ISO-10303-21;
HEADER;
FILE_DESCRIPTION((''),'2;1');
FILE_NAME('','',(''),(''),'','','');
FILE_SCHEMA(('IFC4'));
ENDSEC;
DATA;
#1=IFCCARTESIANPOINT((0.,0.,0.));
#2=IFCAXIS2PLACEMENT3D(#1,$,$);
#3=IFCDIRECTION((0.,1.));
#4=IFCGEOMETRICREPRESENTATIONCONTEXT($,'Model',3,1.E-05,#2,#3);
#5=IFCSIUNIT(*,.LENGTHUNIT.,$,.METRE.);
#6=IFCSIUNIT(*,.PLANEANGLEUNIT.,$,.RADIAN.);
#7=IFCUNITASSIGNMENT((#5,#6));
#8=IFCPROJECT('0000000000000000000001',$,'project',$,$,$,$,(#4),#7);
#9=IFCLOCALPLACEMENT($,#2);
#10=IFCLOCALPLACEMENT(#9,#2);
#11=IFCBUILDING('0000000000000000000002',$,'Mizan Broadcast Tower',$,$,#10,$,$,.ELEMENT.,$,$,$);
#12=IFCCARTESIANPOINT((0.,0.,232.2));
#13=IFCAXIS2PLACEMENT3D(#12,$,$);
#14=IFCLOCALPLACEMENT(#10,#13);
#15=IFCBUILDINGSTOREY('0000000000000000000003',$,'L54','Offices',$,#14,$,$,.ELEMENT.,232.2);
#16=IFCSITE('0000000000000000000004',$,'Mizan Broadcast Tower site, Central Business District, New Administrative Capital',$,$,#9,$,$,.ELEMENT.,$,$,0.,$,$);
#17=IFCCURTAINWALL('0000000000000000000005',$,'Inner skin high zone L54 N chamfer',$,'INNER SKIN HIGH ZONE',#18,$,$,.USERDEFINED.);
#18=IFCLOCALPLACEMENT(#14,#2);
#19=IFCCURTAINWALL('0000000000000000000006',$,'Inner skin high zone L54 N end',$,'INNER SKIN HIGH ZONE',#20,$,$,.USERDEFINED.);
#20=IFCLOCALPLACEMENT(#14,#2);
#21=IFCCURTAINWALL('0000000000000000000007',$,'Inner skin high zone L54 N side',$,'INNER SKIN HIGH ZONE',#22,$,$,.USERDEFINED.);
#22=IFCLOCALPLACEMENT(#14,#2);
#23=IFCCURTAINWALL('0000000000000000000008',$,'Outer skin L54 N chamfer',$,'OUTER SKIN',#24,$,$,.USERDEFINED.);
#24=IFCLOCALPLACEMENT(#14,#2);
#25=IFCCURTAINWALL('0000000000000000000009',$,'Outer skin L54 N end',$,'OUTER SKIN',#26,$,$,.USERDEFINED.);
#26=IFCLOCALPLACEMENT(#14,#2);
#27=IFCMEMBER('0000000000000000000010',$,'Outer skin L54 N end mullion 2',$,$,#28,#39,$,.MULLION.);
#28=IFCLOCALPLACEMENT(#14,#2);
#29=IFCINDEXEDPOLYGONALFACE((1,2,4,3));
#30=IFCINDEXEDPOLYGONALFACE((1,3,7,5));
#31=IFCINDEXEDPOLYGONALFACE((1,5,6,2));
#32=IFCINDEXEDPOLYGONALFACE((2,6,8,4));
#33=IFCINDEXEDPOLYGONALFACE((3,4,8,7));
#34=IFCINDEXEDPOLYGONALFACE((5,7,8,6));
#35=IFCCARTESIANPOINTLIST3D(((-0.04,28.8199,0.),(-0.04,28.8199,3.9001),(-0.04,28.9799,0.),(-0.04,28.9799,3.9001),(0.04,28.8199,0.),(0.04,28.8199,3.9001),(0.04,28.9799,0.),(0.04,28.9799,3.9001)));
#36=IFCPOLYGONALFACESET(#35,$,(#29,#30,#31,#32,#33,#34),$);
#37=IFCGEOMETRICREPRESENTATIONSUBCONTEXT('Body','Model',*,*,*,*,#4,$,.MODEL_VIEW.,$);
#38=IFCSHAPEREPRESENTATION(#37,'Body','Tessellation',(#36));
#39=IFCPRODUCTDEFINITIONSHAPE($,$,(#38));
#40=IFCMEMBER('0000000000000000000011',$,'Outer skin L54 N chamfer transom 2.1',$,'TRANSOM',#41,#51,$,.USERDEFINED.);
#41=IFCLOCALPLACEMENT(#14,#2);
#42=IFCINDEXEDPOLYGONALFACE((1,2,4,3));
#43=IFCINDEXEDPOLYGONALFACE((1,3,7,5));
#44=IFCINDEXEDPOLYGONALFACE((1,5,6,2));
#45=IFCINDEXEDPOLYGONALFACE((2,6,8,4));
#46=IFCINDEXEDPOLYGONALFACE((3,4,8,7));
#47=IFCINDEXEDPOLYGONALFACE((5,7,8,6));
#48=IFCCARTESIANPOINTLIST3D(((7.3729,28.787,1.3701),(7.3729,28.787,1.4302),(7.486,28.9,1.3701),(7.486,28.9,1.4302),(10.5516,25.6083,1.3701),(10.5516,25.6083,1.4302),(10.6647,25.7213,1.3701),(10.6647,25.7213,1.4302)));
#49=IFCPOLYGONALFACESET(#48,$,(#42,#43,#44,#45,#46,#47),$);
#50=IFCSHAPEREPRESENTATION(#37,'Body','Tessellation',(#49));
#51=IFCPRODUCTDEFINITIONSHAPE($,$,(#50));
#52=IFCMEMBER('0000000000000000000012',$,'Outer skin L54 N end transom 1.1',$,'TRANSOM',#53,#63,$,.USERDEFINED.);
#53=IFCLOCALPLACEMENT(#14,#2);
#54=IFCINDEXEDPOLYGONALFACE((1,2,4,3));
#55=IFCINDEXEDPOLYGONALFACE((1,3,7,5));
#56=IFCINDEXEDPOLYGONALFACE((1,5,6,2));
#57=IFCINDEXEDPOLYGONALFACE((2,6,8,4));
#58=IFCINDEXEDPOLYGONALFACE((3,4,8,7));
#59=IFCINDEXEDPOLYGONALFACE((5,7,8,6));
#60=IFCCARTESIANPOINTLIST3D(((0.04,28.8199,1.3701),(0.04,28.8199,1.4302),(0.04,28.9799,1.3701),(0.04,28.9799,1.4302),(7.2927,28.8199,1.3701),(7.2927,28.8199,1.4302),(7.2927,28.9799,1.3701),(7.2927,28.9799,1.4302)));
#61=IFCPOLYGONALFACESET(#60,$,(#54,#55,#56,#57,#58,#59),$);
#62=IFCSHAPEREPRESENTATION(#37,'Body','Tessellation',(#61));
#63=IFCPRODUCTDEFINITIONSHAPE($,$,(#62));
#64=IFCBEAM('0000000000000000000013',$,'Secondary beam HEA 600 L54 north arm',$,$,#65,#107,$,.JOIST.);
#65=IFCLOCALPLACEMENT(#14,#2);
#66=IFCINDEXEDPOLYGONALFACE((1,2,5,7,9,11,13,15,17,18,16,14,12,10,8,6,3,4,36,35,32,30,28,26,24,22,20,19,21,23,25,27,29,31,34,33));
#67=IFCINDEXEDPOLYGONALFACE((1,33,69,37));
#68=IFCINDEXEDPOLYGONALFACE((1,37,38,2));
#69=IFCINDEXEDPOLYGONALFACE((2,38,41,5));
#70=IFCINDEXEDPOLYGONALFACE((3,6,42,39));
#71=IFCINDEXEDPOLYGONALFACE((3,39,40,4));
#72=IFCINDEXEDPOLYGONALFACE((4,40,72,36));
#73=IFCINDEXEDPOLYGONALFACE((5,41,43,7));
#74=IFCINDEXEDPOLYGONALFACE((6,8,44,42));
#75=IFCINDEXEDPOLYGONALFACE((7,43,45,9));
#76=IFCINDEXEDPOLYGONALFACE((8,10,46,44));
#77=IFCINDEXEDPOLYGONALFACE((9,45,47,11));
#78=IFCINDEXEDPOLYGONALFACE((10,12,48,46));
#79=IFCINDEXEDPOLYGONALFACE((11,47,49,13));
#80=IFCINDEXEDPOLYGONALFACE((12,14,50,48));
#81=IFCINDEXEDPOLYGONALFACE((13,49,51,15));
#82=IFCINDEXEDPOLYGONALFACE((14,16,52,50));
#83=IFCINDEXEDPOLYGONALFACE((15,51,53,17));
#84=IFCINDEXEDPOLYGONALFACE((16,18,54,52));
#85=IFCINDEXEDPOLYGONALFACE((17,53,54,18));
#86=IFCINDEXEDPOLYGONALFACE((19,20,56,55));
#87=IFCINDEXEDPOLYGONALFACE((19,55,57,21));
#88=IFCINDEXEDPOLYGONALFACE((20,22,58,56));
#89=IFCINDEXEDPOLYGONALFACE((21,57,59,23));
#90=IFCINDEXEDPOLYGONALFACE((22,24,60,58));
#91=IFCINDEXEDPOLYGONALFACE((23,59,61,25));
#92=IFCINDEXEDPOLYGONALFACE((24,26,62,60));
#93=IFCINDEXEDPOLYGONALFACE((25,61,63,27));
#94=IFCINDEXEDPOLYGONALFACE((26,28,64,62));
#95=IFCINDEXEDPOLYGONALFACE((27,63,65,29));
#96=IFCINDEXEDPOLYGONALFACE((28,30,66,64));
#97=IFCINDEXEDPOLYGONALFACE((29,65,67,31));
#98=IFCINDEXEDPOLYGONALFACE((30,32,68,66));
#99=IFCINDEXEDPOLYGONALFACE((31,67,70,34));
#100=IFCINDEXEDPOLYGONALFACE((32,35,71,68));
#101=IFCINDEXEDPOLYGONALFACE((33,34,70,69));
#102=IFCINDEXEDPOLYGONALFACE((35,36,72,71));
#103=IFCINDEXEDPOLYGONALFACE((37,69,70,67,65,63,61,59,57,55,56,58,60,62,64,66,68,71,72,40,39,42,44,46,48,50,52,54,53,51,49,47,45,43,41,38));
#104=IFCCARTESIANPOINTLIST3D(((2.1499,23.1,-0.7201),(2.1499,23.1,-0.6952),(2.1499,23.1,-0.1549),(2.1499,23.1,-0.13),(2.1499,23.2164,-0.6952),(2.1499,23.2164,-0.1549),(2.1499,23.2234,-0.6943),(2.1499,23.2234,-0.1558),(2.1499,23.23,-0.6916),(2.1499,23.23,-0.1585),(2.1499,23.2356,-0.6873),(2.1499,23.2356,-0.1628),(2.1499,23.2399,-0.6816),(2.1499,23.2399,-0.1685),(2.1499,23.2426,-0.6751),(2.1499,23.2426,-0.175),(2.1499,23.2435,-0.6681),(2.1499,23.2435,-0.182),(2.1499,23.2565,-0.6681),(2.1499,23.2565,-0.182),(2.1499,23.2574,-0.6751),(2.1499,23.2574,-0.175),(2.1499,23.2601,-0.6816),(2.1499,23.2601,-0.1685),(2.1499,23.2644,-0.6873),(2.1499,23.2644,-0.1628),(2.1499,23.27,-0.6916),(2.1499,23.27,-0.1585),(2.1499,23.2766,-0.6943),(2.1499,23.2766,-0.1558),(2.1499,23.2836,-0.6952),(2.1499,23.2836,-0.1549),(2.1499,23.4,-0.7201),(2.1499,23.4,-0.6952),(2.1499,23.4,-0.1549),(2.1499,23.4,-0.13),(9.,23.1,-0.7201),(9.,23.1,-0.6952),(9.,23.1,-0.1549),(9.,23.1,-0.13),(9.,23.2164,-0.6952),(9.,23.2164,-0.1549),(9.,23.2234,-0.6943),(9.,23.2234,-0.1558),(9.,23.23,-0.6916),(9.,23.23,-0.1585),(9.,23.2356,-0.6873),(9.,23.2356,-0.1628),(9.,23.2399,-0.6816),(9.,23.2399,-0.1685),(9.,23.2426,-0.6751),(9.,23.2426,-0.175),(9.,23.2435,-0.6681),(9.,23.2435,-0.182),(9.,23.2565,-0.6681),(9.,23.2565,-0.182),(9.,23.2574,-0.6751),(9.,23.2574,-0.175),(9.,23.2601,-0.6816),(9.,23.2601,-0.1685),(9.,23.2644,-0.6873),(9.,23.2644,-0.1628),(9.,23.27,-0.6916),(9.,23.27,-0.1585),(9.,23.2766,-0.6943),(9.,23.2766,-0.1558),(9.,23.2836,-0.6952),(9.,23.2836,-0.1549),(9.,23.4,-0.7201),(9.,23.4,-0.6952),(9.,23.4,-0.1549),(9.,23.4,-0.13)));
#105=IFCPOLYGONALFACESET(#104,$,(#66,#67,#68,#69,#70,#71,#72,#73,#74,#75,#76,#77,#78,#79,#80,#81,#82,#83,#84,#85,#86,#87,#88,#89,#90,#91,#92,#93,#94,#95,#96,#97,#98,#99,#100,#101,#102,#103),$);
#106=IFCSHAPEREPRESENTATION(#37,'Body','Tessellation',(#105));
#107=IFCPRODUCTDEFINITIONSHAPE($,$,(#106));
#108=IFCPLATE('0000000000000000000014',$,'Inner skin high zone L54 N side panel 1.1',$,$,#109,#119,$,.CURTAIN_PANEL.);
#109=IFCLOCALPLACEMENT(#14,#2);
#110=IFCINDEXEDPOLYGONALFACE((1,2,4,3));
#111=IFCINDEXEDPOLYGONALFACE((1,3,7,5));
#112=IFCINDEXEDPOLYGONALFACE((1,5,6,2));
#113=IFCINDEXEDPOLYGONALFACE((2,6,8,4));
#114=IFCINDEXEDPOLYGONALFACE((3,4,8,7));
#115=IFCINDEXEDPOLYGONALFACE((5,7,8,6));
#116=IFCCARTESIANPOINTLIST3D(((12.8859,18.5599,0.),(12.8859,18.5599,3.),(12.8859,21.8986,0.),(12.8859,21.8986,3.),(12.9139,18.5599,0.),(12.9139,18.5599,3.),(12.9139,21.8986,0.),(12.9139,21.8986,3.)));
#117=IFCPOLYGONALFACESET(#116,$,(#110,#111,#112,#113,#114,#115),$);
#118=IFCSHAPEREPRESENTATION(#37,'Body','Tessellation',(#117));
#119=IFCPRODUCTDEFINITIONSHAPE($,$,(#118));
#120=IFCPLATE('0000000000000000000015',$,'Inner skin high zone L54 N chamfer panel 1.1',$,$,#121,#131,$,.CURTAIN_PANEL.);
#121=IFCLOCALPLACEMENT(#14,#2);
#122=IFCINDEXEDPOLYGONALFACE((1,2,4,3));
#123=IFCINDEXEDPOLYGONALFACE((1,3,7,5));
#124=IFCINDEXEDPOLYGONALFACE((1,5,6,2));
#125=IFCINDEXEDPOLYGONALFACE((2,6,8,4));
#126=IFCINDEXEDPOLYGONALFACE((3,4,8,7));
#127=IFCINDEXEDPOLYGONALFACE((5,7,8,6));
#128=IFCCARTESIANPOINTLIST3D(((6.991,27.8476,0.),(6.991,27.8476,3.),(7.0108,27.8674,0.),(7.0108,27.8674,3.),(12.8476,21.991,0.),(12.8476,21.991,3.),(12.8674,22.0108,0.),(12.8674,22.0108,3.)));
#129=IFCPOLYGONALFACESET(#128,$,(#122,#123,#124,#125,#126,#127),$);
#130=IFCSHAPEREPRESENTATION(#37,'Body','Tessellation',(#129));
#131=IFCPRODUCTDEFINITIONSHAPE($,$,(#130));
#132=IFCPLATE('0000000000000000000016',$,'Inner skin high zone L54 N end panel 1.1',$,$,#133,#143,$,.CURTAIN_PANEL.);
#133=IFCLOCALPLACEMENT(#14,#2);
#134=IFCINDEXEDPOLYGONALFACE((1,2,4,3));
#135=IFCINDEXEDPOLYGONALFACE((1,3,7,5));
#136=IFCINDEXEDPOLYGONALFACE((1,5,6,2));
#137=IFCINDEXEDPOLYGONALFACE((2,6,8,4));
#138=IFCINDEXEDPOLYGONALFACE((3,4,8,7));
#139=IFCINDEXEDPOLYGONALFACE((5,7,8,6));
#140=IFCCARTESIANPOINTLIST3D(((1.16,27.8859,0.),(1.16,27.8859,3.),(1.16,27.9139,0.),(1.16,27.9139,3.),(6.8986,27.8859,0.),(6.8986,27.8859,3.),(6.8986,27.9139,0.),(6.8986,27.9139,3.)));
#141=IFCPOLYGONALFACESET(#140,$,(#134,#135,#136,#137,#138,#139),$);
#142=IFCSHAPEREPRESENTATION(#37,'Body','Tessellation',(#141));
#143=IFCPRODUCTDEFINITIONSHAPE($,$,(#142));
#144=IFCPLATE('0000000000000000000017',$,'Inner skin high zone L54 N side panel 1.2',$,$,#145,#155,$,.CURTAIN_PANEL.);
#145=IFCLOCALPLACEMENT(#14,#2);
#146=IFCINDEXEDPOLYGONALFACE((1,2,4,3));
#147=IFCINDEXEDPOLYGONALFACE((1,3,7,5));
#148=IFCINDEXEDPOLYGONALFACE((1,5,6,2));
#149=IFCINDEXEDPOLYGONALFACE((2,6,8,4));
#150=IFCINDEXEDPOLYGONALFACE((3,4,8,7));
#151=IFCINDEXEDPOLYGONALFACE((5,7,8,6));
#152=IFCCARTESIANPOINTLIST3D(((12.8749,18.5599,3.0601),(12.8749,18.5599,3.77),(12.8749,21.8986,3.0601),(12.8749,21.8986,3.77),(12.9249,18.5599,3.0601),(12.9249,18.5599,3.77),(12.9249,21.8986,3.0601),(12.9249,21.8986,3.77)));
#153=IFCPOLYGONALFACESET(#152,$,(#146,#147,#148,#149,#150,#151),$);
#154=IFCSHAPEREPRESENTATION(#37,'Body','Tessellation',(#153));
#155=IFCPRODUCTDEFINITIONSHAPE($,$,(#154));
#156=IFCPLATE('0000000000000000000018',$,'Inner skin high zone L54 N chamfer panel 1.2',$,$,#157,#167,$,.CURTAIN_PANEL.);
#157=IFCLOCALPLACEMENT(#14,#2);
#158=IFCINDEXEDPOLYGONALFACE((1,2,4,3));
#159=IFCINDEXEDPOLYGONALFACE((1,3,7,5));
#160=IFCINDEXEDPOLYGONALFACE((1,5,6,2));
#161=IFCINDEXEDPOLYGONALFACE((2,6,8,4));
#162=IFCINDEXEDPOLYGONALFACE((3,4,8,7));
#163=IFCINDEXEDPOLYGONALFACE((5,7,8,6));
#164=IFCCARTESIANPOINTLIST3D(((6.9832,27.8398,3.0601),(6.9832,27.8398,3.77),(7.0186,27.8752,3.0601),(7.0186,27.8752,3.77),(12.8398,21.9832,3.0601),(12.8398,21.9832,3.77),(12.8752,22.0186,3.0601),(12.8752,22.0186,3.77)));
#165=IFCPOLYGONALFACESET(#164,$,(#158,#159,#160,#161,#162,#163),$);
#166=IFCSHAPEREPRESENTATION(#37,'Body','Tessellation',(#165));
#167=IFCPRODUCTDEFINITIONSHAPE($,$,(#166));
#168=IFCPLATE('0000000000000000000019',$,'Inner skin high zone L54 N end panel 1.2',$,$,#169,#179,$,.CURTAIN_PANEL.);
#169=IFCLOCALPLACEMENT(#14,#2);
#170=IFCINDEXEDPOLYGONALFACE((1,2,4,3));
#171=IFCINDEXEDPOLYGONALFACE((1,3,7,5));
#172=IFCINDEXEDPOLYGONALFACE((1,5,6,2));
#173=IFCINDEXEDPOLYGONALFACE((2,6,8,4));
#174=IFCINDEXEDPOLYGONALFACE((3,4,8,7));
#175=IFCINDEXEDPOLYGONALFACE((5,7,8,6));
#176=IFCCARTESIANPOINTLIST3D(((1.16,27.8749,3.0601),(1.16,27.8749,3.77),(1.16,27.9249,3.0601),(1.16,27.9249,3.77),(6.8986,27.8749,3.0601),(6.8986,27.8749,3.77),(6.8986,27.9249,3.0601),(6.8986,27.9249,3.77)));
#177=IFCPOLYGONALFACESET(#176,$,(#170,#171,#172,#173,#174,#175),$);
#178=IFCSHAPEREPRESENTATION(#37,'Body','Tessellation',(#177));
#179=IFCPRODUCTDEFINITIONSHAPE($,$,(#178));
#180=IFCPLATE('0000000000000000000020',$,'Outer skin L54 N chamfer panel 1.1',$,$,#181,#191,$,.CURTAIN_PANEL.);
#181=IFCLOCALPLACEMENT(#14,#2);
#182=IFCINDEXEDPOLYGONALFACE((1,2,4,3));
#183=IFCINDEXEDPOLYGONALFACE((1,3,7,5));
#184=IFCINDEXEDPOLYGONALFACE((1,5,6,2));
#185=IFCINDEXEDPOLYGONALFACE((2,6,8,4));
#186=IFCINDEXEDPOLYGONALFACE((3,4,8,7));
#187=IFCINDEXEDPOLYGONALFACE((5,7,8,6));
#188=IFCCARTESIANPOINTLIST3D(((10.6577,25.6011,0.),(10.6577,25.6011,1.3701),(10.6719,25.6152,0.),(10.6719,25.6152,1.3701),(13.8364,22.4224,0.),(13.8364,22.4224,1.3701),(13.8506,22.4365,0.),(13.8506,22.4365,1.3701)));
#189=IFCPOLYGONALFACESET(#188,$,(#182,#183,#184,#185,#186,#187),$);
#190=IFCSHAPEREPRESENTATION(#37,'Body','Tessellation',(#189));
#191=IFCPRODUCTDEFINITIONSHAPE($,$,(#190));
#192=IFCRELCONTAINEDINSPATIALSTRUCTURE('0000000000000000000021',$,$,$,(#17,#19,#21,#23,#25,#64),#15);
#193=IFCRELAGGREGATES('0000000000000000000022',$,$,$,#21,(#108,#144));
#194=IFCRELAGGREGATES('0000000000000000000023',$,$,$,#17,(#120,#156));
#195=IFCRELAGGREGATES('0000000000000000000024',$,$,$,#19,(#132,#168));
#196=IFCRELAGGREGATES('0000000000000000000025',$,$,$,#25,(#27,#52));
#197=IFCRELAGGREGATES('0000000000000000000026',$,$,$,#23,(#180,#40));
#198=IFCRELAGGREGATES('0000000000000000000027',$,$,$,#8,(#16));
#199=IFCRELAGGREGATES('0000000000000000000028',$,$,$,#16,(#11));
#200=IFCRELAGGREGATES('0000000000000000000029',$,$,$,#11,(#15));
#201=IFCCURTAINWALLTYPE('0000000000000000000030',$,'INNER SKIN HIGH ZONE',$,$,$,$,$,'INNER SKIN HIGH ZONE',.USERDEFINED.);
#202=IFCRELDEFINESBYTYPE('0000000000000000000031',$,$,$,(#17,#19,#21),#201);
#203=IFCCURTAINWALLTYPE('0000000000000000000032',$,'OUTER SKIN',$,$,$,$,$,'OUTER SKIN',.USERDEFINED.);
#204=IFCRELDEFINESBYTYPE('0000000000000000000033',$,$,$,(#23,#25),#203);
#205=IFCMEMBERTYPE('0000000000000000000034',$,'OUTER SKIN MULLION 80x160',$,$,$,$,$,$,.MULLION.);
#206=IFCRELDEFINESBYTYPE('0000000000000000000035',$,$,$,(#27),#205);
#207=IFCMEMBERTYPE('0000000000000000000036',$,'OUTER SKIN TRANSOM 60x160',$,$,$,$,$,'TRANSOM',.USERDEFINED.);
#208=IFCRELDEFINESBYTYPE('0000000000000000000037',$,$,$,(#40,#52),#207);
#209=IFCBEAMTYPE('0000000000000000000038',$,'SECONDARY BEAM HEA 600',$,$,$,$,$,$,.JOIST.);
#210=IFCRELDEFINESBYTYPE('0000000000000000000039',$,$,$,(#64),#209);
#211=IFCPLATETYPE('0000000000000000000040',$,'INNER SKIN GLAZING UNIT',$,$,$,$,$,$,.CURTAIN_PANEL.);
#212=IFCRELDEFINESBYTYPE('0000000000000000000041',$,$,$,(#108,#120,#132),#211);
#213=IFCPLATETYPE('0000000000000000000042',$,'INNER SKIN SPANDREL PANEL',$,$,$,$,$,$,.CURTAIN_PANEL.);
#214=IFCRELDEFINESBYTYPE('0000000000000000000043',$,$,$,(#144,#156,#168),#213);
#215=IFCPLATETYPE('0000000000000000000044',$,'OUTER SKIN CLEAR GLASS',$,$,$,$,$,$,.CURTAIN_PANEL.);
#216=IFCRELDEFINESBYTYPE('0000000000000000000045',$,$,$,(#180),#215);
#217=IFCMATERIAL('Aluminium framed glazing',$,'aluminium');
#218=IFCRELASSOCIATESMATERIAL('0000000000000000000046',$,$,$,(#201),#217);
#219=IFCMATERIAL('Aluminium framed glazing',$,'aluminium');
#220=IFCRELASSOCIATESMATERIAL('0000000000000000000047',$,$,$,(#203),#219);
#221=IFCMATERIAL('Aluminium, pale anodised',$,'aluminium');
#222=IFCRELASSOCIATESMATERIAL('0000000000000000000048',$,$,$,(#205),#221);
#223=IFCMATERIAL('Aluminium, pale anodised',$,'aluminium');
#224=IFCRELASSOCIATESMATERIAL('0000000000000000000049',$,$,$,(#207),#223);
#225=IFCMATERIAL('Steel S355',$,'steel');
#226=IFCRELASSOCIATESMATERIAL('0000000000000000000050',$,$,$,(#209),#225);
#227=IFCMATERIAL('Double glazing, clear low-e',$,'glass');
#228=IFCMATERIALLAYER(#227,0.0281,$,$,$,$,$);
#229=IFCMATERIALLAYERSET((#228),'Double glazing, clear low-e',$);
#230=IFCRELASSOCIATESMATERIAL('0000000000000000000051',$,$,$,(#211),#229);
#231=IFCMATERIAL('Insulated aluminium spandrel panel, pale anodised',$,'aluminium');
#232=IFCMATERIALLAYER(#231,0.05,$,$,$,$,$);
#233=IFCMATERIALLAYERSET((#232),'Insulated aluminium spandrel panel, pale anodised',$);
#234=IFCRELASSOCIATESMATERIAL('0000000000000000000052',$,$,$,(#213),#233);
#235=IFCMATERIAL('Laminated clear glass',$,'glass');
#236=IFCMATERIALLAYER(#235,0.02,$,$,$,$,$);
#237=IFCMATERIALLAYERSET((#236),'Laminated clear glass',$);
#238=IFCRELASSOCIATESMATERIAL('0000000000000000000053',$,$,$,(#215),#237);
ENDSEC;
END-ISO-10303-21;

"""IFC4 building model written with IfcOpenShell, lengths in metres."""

from ifc_helpers import new_model, si_unit, direction, frame, origin, origin_2d, place, context, subcontext, project, spatial, rectangle, i_section, extrude, material, layer, layer_set, material_profile, profile_set, type_object, element, aggregate, save


model = new_model("IFC4")

# Units and contexts
model_context = context("Model", 3, precision=1e-05, world=origin(), true_north=direction((0.0, 1.0)))
body_context = subcontext(model_context, "Body", "Model", "MODEL_VIEW")
ifc_project = project(units=[si_unit("LENGTHUNIT", "METRE"), si_unit("PLANEANGLEUNIT", "RADIAN")], contexts=[model_context])

# Site, building, storey
site_placement = place(None, origin())
site = spatial("IfcSite", under=ifc_project, at=site_placement, Name="Mizan Broadcast Tower site, Central Business District, New Administrative Capital", CompositionType="ELEMENT", RefElevation=0.0)
building_placement = place(site_placement, origin())
building = spatial("IfcBuilding", under=site, at=building_placement, Name="Mizan Broadcast Tower", CompositionType="ELEMENT")
storey_placement = place(building_placement, frame((0.0, 0.0, 232.2)))
storey = spatial("IfcBuildingStorey", under=building, at=storey_placement, Name="L54", Description="Offices", CompositionType="ELEMENT", Elevation=232.2)

# Curtain walls
ifc_material_1 = material(Name="Aluminium framed glazing", Category="aluminium")
curtain_wall_type_1 = type_object("IfcCurtainWallType", Name="INNER SKIN HIGH ZONE", ElementType="INNER SKIN HIGH ZONE", PredefinedType="USERDEFINED", material=ifc_material_1)
curtain_wall_1_placement = place(storey_placement, origin())
curtain_wall_1 = element("IfcCurtainWall", 1, at=curtain_wall_1_placement, inside=storey, type_object=curtain_wall_type_1, Name="Inner skin high zone L54 N chamfer", ObjectType="INNER SKIN HIGH ZONE", PredefinedType="USERDEFINED")
curtain_wall_2_placement = place(storey_placement, origin())
curtain_wall_2 = element("IfcCurtainWall", 2, at=curtain_wall_2_placement, inside=storey, type_object=curtain_wall_type_1, Name="Inner skin high zone L54 N end", ObjectType="INNER SKIN HIGH ZONE", PredefinedType="USERDEFINED")
curtain_wall_3_placement = place(storey_placement, origin())
curtain_wall_3 = element("IfcCurtainWall", 3, at=curtain_wall_3_placement, inside=storey, type_object=curtain_wall_type_1, Name="Inner skin high zone L54 N side", ObjectType="INNER SKIN HIGH ZONE", PredefinedType="USERDEFINED")

# Curtain wall
ifc_material_2 = material(Name="Aluminium framed glazing", Category="aluminium")
curtain_wall_type_2 = type_object("IfcCurtainWallType", Name="OUTER SKIN", ElementType="OUTER SKIN", PredefinedType="USERDEFINED", material=ifc_material_2)
curtain_wall_4_placement = place(storey_placement, origin())
curtain_wall_4 = element("IfcCurtainWall", 4, at=curtain_wall_4_placement, inside=storey, type_object=curtain_wall_type_2, Name="Outer skin L54 N chamfer", ObjectType="OUTER SKIN", PredefinedType="USERDEFINED")
ifc_material_3 = material(Name="Aluminium, pale anodised", Category="aluminium")
ifc_material_profile_1 = material_profile(ifc_material_3, rectangle(XDim=0.1599, YDim=0.0801, at=origin_2d()), Name="MULLION 160x80")
ifc_profile_set_1 = profile_set([ifc_material_profile_1], Name="Aluminium, pale anodised")
member_type_1 = type_object("IfcMemberType", Name="OUTER SKIN MULLION 80x160", PredefinedType="MULLION", material=ifc_profile_set_1)

# Curtain wall, member
curtain_wall_5_placement = place(storey_placement, origin())
curtain_wall_5 = element("IfcCurtainWall", 5, at=curtain_wall_5_placement, inside=storey, type_object=curtain_wall_type_2, Name="Outer skin L54 N end", ObjectType="OUTER SKIN", PredefinedType="USERDEFINED")
member_1_placement = place(storey_placement, frame((0.0, 28.8999, 0.0), z_axis=(0.0, 0.0, 1.0), x_axis=(0.0, -1.0, 0.0)))
member_1 = element("IfcMember", 6, at=member_1_placement, type_object=member_type_1, Name="Outer skin L54 N end mullion 2", PredefinedType="MULLION", context=body_context, shape_type="SweptSolid", body=[
    extrude(rectangle(XDim=0.1599, YDim=0.0801, at=origin_2d()), origin(), (0.0, 0.0, 1.0), 3.9001),
])

# Members
ifc_material_4 = material(Name="Aluminium, pale anodised", Category="aluminium")
ifc_material_profile_2 = material_profile(ifc_material_4, rectangle(XDim=0.1599, YDim=0.0601, at=origin_2d()), Name="TRANSOM 160x60")
ifc_profile_set_2 = profile_set([ifc_material_profile_2], Name="Aluminium, pale anodised")
member_type_2 = type_object("IfcMemberType", Name="OUTER SKIN TRANSOM 60x160", ElementType="TRANSOM", PredefinedType="USERDEFINED", material=ifc_profile_set_2)
member_2_placement = place(storey_placement, frame((10.6082, 25.6648, 1.4001), z_axis=(-0.707107, 0.707107, 0.0), x_axis=(-0.707107, -0.707107, 0.0)))
member_2 = element("IfcMember", 7, at=member_2_placement, type_object=member_type_2, Name="Outer skin L54 N chamfer transom 2.1", ObjectType="TRANSOM", PredefinedType="USERDEFINED", context=body_context, shape_type="SweptSolid", body=[
    extrude(rectangle(XDim=0.1599, YDim=0.0601, at=origin_2d()), origin(), (0.0, 0.0, 1.0), 4.4954),
])
member_3_placement = place(storey_placement, frame((7.2927, 28.8999, 1.4001), z_axis=(-1.0, 0.0, 0.0), x_axis=(0.0, -1.0, 0.0)))
member_3 = element("IfcMember", 8, at=member_3_placement, type_object=member_type_2, Name="Outer skin L54 N end transom 1.1", ObjectType="TRANSOM", PredefinedType="USERDEFINED", context=body_context, shape_type="SweptSolid", body=[
    extrude(rectangle(XDim=0.1599, YDim=0.0601, at=origin_2d()), origin(), (0.0, 0.0, 1.0), 7.2527),
])

# Beam
ifc_material_5 = material(Name="Steel S355", Category="steel")
ifc_material_profile_3 = material_profile(ifc_material_5, i_section(OverallWidth=0.3, OverallDepth=0.5901, WebThickness=0.0129, FlangeThickness=0.0249, FilletRadius=0.0271, at=origin_2d()), Name="HEA 600")
ifc_profile_set_3 = profile_set([ifc_material_profile_3], Name="Steel S355")
beam_type_1 = type_object("IfcBeamType", Name="SECONDARY BEAM HEA 600", PredefinedType="JOIST", material=ifc_profile_set_3)
beam_1_placement = place(storey_placement, frame((9.0, 23.25, -0.425), z_axis=(-1.0, 0.0, 0.0), x_axis=(0.0, -1.0, 0.0)))
element("IfcBeam", 9, at=beam_1_placement, inside=storey, type_object=beam_type_1, Name="Secondary beam HEA 600 L54 north arm", PredefinedType="JOIST", context=body_context, shape_type="SweptSolid", body=[
    extrude(i_section(OverallWidth=0.3, OverallDepth=0.5901, WebThickness=0.0129, FlangeThickness=0.0249, FilletRadius=0.0271, at=origin_2d()), origin(), (0.0, 0.0, 1.0), 6.8501),
])

# Plates
ifc_material_6 = material(Name="Double glazing, clear low-e", Category="glass")
ifc_layer_1 = layer(ifc_material_6, 0.0281)
ifc_layer_set_1 = layer_set([ifc_layer_1], Name="Double glazing, clear low-e")
plate_type_1 = type_object("IfcPlateType", Name="INNER SKIN GLAZING UNIT", PredefinedType="CURTAIN_PANEL", material=ifc_layer_set_1)
plate_1_placement = place(storey_placement, frame((12.8999, 20.2292, 0.0), z_axis=(0.0, 0.0, 1.0), x_axis=(0.0, 1.0, 0.0)))
plate_1 = element("IfcPlate", 10, at=plate_1_placement, type_object=plate_type_1, Name="Inner skin high zone L54 N side panel 1.1", PredefinedType="CURTAIN_PANEL", context=body_context, shape_type="SweptSolid", body=[
    extrude(rectangle(XDim=3.3386, YDim=0.0281, at=origin_2d()), origin(), (0.0, 0.0, 1.0), 3.0),
])
plate_2_placement = place(storey_placement, frame((9.9292, 24.9292, 0.0), z_axis=(0.0, 0.0, 1.0), x_axis=(-0.707107, 0.707107, 0.0)))
plate_2 = element("IfcPlate", 11, at=plate_2_placement, type_object=plate_type_1, Name="Inner skin high zone L54 N chamfer panel 1.1", PredefinedType="CURTAIN_PANEL", context=body_context, shape_type="SweptSolid", body=[
    extrude(rectangle(XDim=8.2825, YDim=0.0281, at=origin_2d()), origin(), (0.0, 0.0, 1.0), 3.0),
])
plate_3_placement = place(storey_placement, frame((4.0293, 27.8999, 0.0), z_axis=(0.0, 0.0, 1.0), x_axis=(-1.0, 0.0, 0.0)))
plate_3 = element("IfcPlate", 12, at=plate_3_placement, type_object=plate_type_1, Name="Inner skin high zone L54 N end panel 1.1", PredefinedType="CURTAIN_PANEL", context=body_context, shape_type="SweptSolid", body=[
    extrude(rectangle(XDim=5.7385, YDim=0.0281, at=origin_2d()), origin(), (0.0, 0.0, 1.0), 3.0),
])
ifc_material_7 = material(Name="Insulated aluminium spandrel panel, pale anodised", Category="aluminium")
ifc_layer_2 = layer(ifc_material_7, 0.05)
ifc_layer_set_2 = layer_set([ifc_layer_2], Name="Insulated aluminium spandrel panel, pale anodised")
plate_type_2 = type_object("IfcPlateType", Name="INNER SKIN SPANDREL PANEL", PredefinedType="CURTAIN_PANEL", material=ifc_layer_set_2)
plate_4_placement = place(storey_placement, frame((12.8999, 20.2292, 3.0601), z_axis=(0.0, 0.0, 1.0), x_axis=(0.0, 1.0, 0.0)))
plate_4 = element("IfcPlate", 13, at=plate_4_placement, type_object=plate_type_2, Name="Inner skin high zone L54 N side panel 1.2", PredefinedType="CURTAIN_PANEL", context=body_context, shape_type="SweptSolid", body=[
    extrude(rectangle(XDim=3.3386, YDim=0.05, at=origin_2d()), origin(), (0.0, 0.0, 1.0), 0.71),
])
aggregate(curtain_wall_3, [plate_1, plate_4])
plate_5_placement = place(storey_placement, frame((9.9292, 24.9292, 3.0601), z_axis=(0.0, 0.0, 1.0), x_axis=(-0.707107, 0.707107, 0.0)))
plate_5 = element("IfcPlate", 14, at=plate_5_placement, type_object=plate_type_2, Name="Inner skin high zone L54 N chamfer panel 1.2", PredefinedType="CURTAIN_PANEL", context=body_context, shape_type="SweptSolid", body=[
    extrude(rectangle(XDim=8.2825, YDim=0.05, at=origin_2d()), origin(), (0.0, 0.0, 1.0), 0.71),
])
aggregate(curtain_wall_1, [plate_2, plate_5])
plate_6_placement = place(storey_placement, frame((4.0293, 27.8999, 3.0601), z_axis=(0.0, 0.0, 1.0), x_axis=(-1.0, 0.0, 0.0)))
plate_6 = element("IfcPlate", 15, at=plate_6_placement, type_object=plate_type_2, Name="Inner skin high zone L54 N end panel 1.2", PredefinedType="CURTAIN_PANEL", context=body_context, shape_type="SweptSolid", body=[
    extrude(rectangle(XDim=5.7385, YDim=0.05, at=origin_2d()), origin(), (0.0, 0.0, 1.0), 0.71),
])
aggregate(curtain_wall_2, [plate_3, plate_6])
ifc_material_8 = material(Name="Laminated clear glass", Category="glass")
ifc_layer_3 = layer(ifc_material_8, 0.02)
ifc_layer_set_3 = layer_set([ifc_layer_3], Name="Laminated clear glass")
plate_type_3 = type_object("IfcPlateType", Name="OUTER SKIN CLEAR GLASS", PredefinedType="CURTAIN_PANEL", material=ifc_layer_set_3)
plate_7_placement = place(storey_placement, frame((12.2542, 24.0188, 0.0), z_axis=(0.0, 0.0, 1.0), x_axis=(-0.707107, 0.707107, 0.0)))
plate_7 = element("IfcPlate", 16, at=plate_7_placement, type_object=plate_type_3, Name="Outer skin L54 N chamfer panel 1.1", PredefinedType="CURTAIN_PANEL", context=body_context, shape_type="SweptSolid", body=[
    extrude(rectangle(XDim=4.4954, YDim=0.02, at=origin_2d()), origin(), (0.0, 0.0, 1.0), 1.3701),
])
aggregate(curtain_wall_5, [member_1, member_3])
aggregate(curtain_wall_4, [plate_7, member_2])

save(model, "model.ifc")
